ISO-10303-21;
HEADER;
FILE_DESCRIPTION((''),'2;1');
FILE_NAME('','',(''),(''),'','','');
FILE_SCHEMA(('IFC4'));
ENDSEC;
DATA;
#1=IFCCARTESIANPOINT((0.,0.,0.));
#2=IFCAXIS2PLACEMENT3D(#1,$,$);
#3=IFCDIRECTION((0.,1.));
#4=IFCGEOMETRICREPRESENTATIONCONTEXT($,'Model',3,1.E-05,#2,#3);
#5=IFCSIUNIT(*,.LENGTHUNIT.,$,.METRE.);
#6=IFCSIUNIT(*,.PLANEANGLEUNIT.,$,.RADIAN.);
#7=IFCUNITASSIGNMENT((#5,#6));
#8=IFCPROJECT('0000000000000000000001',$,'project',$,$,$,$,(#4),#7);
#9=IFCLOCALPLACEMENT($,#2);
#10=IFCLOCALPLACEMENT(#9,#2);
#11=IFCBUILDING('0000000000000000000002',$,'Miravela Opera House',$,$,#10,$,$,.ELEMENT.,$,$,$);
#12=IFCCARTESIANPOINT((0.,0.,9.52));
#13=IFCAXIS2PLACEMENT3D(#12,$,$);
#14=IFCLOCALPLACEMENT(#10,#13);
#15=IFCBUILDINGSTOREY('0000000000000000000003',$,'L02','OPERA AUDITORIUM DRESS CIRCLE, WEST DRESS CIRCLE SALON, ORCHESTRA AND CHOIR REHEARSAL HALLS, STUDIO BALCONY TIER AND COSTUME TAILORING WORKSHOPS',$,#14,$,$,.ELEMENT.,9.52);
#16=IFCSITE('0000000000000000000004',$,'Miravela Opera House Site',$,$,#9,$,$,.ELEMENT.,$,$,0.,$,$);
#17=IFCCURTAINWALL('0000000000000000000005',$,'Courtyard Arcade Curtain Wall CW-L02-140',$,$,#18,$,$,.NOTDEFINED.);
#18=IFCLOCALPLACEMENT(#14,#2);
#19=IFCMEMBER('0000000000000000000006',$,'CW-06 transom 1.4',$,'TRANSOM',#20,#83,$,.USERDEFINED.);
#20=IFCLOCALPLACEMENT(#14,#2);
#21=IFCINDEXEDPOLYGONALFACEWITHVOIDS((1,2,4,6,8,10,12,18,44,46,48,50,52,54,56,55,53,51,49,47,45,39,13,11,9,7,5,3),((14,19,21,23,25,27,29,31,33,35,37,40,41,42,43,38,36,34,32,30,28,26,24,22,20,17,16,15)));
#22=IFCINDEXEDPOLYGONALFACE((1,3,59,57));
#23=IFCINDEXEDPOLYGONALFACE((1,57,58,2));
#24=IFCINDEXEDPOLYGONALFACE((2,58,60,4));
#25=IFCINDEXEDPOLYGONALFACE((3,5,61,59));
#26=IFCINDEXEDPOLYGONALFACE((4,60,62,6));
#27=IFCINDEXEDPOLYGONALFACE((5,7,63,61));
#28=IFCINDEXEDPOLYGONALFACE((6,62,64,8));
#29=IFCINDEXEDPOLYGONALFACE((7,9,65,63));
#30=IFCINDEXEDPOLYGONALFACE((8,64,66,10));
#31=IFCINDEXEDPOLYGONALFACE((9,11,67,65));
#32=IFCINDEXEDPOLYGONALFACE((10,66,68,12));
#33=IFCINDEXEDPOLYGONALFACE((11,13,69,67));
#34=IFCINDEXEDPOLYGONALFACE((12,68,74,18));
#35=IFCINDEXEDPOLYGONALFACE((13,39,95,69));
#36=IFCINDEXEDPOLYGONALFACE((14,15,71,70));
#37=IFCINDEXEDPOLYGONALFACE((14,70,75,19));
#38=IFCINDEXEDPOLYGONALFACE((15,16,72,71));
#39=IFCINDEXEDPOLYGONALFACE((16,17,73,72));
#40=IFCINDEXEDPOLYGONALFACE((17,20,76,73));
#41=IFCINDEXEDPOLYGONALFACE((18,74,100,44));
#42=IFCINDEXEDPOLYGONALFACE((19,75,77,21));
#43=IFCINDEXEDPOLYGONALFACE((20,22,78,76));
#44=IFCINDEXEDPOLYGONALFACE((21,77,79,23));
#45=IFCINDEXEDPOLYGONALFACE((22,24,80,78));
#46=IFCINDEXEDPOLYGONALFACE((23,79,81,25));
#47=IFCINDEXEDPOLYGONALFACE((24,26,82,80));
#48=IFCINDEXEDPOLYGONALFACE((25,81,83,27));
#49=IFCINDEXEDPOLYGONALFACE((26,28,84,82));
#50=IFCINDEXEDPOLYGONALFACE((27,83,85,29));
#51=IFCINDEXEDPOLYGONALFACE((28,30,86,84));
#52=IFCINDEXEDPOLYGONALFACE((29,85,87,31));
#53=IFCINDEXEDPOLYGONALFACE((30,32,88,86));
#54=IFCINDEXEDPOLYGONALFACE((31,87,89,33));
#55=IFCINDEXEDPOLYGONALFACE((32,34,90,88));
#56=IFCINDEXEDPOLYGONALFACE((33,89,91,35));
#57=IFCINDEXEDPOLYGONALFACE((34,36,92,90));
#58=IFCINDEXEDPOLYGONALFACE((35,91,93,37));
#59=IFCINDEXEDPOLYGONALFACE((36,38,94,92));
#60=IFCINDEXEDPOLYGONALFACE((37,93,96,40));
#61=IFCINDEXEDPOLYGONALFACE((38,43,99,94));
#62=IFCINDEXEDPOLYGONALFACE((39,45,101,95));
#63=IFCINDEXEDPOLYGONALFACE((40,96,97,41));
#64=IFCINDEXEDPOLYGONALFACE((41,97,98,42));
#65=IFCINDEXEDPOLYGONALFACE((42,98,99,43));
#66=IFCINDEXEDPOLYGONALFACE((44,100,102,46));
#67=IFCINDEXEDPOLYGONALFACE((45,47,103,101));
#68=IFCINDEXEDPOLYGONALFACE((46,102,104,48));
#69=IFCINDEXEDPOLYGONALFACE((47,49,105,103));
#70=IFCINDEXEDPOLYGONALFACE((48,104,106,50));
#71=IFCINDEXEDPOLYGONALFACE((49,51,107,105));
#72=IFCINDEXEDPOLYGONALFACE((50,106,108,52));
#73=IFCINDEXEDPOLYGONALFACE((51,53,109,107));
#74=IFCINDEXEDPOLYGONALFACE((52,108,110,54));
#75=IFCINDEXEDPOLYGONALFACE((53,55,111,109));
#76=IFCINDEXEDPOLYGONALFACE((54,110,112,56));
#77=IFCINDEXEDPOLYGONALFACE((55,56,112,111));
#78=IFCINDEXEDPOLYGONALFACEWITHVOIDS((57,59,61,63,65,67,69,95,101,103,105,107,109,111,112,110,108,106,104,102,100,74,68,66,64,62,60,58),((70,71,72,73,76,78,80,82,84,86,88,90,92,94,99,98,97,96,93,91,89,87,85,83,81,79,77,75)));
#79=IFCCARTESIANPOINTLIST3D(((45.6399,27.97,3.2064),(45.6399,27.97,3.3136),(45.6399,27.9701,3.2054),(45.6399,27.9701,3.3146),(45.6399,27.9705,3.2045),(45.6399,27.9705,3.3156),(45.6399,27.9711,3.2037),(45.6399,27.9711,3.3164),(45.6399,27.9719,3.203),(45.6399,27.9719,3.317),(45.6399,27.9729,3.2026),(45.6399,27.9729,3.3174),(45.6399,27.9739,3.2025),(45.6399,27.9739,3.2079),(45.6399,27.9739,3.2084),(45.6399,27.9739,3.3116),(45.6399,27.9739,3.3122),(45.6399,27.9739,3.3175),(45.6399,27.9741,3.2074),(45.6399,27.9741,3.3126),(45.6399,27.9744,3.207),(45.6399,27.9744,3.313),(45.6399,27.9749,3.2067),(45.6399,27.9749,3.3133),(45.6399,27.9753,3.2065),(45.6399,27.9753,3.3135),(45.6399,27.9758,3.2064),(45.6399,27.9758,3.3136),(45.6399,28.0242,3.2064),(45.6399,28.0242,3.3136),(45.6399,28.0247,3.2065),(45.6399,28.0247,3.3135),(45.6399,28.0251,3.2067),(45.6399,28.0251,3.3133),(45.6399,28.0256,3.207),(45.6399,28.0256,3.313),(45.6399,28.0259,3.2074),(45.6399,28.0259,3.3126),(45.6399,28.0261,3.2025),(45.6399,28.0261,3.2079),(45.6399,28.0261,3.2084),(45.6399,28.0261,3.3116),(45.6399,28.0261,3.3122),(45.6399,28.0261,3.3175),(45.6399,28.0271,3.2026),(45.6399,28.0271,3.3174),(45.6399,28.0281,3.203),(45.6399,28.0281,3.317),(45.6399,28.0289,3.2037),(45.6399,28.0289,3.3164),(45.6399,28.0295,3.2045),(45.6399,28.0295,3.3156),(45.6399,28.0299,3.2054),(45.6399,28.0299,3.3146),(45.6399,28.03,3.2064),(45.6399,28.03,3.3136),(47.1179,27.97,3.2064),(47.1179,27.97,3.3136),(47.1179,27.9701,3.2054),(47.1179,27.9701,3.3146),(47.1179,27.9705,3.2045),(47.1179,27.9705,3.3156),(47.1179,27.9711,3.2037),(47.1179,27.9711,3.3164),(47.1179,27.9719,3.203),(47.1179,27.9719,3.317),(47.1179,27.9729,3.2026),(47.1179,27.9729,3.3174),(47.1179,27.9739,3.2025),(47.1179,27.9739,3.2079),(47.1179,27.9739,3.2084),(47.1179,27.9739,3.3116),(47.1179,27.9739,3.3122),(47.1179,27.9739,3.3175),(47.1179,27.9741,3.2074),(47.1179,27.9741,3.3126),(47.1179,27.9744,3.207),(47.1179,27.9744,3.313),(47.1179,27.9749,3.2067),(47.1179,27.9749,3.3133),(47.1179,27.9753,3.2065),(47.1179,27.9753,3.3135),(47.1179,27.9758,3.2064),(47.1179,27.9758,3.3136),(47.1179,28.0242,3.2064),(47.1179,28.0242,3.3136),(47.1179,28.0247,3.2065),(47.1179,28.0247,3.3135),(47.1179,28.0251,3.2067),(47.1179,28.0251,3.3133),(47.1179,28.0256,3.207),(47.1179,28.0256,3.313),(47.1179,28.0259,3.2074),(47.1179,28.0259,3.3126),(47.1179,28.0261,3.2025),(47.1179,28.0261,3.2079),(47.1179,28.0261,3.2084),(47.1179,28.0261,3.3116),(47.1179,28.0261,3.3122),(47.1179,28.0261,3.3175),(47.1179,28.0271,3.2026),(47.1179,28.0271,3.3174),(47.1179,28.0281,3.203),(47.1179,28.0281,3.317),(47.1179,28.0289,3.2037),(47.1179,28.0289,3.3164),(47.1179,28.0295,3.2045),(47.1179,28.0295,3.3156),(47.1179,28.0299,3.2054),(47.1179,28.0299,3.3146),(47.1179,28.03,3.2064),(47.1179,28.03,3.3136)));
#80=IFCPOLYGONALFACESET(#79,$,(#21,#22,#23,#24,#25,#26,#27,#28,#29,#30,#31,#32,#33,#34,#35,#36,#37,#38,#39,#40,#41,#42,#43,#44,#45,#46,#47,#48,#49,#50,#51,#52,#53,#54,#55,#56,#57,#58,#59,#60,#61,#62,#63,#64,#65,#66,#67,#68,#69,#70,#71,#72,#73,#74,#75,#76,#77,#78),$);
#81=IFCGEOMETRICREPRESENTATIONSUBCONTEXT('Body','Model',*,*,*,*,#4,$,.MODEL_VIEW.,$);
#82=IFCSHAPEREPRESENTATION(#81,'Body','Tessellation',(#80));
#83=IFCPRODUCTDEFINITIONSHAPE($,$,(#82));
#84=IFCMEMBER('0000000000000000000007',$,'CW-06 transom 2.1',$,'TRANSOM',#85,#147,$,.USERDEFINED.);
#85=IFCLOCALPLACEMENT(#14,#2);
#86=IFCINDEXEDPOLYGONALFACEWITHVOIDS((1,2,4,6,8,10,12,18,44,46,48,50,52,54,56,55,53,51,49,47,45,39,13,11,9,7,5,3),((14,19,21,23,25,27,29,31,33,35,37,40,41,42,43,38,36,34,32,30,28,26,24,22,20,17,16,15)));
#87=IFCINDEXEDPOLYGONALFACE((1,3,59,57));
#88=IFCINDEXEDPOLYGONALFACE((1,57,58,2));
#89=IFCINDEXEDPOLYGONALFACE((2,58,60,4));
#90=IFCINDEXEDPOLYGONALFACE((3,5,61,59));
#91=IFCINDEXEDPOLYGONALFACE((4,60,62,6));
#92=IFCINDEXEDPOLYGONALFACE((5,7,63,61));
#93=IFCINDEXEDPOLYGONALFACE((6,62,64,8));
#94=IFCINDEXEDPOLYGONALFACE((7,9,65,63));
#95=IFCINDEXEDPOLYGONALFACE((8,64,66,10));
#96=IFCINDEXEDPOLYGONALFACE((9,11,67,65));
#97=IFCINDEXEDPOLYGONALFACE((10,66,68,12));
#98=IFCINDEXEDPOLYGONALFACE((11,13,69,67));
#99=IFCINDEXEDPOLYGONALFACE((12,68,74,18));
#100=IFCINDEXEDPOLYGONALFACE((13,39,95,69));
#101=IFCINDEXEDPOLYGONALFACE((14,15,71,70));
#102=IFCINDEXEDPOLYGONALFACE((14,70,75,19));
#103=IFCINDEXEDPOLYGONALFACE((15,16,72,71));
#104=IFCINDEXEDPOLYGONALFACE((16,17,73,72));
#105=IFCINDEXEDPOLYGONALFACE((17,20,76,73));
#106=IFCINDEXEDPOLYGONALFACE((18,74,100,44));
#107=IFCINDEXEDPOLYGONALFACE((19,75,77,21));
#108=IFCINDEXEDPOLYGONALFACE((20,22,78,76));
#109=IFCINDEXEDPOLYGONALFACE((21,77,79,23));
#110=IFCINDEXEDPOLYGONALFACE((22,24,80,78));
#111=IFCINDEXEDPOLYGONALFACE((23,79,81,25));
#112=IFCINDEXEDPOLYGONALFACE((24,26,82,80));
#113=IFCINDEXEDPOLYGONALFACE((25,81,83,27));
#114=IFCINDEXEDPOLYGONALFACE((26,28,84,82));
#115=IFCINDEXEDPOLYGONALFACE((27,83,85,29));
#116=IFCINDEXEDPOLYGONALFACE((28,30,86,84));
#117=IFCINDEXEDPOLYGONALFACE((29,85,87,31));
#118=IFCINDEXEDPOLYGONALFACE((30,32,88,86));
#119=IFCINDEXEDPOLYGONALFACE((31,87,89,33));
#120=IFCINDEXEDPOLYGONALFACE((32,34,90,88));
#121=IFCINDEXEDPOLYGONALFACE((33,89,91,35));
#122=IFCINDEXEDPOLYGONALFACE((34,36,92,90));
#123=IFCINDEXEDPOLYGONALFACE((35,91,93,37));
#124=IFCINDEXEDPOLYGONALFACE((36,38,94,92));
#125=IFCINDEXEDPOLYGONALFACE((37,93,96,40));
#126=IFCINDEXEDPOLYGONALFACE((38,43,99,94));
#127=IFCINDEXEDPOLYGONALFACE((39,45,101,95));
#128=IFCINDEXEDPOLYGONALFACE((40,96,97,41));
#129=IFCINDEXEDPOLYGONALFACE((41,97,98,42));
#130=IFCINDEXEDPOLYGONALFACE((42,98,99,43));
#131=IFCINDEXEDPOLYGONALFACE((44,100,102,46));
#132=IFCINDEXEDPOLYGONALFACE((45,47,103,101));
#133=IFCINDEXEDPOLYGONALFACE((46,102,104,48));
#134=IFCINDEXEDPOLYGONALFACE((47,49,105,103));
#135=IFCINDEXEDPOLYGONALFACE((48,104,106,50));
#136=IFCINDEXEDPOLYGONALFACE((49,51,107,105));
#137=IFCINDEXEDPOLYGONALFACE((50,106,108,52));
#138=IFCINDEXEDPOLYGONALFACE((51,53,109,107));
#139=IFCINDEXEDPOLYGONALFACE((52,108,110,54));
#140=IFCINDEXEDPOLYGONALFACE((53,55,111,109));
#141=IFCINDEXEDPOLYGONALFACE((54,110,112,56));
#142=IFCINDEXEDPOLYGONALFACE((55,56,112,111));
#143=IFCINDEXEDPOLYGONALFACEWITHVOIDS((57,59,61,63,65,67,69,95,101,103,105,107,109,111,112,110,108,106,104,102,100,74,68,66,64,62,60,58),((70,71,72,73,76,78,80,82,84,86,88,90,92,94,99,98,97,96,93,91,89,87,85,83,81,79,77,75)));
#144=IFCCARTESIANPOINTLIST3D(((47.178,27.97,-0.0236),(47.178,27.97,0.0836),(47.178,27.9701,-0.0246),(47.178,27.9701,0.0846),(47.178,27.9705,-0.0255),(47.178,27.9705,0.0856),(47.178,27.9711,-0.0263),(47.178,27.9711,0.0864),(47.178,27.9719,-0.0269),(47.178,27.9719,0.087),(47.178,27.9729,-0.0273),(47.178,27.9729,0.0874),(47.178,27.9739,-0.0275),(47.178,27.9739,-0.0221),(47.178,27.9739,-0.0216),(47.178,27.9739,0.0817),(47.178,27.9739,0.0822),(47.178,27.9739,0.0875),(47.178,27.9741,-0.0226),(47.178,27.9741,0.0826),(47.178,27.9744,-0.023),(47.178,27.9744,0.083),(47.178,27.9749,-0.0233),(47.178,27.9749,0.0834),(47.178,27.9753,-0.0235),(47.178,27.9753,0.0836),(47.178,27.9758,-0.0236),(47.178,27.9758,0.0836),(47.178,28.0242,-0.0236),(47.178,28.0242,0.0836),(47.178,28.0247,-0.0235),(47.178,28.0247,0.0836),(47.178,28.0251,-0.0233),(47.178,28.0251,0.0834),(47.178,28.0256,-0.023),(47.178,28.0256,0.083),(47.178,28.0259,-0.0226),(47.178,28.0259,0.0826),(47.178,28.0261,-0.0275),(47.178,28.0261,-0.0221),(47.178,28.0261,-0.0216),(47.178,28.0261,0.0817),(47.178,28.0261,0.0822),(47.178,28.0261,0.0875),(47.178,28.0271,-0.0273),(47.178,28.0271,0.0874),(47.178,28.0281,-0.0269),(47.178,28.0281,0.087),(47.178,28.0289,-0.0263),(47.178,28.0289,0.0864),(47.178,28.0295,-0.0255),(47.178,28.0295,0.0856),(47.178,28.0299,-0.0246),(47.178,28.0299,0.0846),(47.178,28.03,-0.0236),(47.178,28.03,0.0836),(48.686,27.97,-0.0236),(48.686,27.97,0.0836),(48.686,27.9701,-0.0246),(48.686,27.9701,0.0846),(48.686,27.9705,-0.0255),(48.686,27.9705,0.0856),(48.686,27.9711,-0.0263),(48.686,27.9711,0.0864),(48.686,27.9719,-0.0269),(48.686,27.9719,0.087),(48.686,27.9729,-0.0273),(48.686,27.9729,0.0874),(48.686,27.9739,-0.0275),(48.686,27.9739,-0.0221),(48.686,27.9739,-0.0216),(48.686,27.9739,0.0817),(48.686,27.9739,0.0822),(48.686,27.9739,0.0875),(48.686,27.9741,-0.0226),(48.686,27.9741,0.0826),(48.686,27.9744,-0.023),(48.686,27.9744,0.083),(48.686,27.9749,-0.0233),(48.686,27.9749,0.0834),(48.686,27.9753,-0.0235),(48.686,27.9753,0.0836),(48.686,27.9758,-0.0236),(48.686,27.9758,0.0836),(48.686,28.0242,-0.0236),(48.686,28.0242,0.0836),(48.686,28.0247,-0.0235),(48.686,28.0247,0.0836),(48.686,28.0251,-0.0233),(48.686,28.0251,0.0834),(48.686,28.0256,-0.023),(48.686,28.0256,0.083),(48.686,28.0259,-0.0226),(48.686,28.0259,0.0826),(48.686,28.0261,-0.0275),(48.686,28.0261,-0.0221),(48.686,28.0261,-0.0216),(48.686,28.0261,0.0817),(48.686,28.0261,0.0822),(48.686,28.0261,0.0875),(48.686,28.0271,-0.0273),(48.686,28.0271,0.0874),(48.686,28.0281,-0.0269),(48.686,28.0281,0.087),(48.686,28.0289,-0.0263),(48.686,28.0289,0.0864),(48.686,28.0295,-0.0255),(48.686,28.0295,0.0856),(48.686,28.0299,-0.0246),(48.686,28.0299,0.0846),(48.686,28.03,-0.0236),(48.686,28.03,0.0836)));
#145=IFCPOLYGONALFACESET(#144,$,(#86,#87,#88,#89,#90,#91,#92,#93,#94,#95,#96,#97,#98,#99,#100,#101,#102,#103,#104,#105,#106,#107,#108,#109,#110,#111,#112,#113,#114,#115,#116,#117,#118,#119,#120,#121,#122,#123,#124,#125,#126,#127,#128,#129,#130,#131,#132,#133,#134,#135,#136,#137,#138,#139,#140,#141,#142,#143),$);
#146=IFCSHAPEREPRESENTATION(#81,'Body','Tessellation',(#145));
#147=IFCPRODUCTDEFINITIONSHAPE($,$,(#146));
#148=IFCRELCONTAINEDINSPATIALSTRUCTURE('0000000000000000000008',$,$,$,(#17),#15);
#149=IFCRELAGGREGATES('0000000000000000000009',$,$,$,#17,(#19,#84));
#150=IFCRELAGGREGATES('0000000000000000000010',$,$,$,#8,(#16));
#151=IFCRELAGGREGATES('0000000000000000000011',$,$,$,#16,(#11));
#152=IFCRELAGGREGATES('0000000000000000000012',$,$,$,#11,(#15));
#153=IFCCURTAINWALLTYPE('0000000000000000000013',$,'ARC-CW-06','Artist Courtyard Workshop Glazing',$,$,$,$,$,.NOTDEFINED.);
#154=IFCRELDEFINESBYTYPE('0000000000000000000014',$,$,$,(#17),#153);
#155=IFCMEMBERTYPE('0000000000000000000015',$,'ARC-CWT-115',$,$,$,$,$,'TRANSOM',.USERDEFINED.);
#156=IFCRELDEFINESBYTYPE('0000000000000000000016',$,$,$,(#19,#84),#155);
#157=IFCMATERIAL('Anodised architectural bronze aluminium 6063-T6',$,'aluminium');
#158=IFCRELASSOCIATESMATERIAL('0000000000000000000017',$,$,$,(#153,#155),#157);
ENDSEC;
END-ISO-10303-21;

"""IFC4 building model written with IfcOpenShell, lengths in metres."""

from ifc_helpers import new_model, si_unit, direction, frame, origin, origin_2d, place, context, subcontext, project, spatial, hollow_rectangle, extrude, material, material_profile, profile_set, type_object, element, aggregate, save


model = new_model("IFC4")

# Units and contexts
model_context = context("Model", 3, precision=1e-05, world=origin(), true_north=direction((0.0, 1.0)))
body_context = subcontext(model_context, "Body", "Model", "MODEL_VIEW")
ifc_project = project(units=[si_unit("LENGTHUNIT", "METRE"), si_unit("PLANEANGLEUNIT", "RADIAN")], contexts=[model_context])

# Site, building, storey
site_placement = place(None, origin())
site = spatial("IfcSite", under=ifc_project, at=site_placement, Name="Miravela Opera House Site", CompositionType="ELEMENT", RefElevation=0.0)
building_placement = place(site_placement, origin())
building = spatial("IfcBuilding", under=site, at=building_placement, Name="Miravela Opera House", CompositionType="ELEMENT")
storey_placement = place(building_placement, frame((0.0, 0.0, 9.52)))
storey = spatial("IfcBuildingStorey", under=building, at=storey_placement, Name="L02", Description="OPERA AUDITORIUM DRESS CIRCLE, WEST DRESS CIRCLE SALON, ORCHESTRA AND CHOIR REHEARSAL HALLS, STUDIO BALCONY TIER AND COSTUME TAILORING WORKSHOPS", CompositionType="ELEMENT", Elevation=9.52)

# Curtain wall, members
ifc_material_1 = material(Name="Anodised architectural bronze aluminium 6063-T6", Category="aluminium")
curtain_wall_type = type_object("IfcCurtainWallType", Name="ARC-CW-06", Description="Artist Courtyard Workshop Glazing", PredefinedType="NOTDEFINED", material=ifc_material_1)
curtain_wall_placement = place(storey_placement, origin())
curtain_wall = element("IfcCurtainWall", 1, at=curtain_wall_placement, inside=storey, type_object=curtain_wall_type, Name="Courtyard Arcade Curtain Wall CW-L02-140", PredefinedType="NOTDEFINED")
ifc_material_profile_1 = material_profile(ifc_material_1, hollow_rectangle(XDim=0.0601, YDim=0.115, WallThickness=0.0039, InnerFilletRadius=0.002, OuterFilletRadius=0.0039, at=origin_2d()), Name="CWT-60X115")
ifc_profile_set_1 = profile_set([ifc_material_profile_1])
member_type_1 = type_object("IfcMemberType", Name="ARC-CWT-115", ElementType="TRANSOM", PredefinedType="USERDEFINED", material=ifc_profile_set_1)
member_1_placement = place(storey_placement, frame((45.6399, 28.0, 3.26), z_axis=(1.0, 0.0, 0.0), x_axis=(0.0, 1.0, 0.0)))
member_1 = element("IfcMember", 2, at=member_1_placement, type_object=member_type_1, Name="CW-06 transom 1.4", ObjectType="TRANSOM", PredefinedType="USERDEFINED", context=body_context, shape_type="SweptSolid", body=[
    extrude(hollow_rectangle(XDim=0.0601, YDim=0.115, WallThickness=0.0039, InnerFilletRadius=0.002, OuterFilletRadius=0.0039, at=origin_2d()), origin(), (0.0, 0.0, 1.0), 1.478),
])
member_2_placement = place(storey_placement, frame((47.178, 28.0, 0.03), z_axis=(1.0, 0.0, 0.0), x_axis=(0.0, 1.0, 0.0)))
member_2 = element("IfcMember", 3, at=member_2_placement, type_object=member_type_1, Name="CW-06 transom 2.1", ObjectType="TRANSOM", PredefinedType="USERDEFINED", context=body_context, shape_type="SweptSolid", body=[
    extrude(hollow_rectangle(XDim=0.0601, YDim=0.115, WallThickness=0.0039, InnerFilletRadius=0.002, OuterFilletRadius=0.0039, at=origin_2d()), origin(), (0.0, 0.0, 1.0), 1.5081),
])

aggregate(curtain_wall, [member_1, member_2])

save(model, "model.ifc")
